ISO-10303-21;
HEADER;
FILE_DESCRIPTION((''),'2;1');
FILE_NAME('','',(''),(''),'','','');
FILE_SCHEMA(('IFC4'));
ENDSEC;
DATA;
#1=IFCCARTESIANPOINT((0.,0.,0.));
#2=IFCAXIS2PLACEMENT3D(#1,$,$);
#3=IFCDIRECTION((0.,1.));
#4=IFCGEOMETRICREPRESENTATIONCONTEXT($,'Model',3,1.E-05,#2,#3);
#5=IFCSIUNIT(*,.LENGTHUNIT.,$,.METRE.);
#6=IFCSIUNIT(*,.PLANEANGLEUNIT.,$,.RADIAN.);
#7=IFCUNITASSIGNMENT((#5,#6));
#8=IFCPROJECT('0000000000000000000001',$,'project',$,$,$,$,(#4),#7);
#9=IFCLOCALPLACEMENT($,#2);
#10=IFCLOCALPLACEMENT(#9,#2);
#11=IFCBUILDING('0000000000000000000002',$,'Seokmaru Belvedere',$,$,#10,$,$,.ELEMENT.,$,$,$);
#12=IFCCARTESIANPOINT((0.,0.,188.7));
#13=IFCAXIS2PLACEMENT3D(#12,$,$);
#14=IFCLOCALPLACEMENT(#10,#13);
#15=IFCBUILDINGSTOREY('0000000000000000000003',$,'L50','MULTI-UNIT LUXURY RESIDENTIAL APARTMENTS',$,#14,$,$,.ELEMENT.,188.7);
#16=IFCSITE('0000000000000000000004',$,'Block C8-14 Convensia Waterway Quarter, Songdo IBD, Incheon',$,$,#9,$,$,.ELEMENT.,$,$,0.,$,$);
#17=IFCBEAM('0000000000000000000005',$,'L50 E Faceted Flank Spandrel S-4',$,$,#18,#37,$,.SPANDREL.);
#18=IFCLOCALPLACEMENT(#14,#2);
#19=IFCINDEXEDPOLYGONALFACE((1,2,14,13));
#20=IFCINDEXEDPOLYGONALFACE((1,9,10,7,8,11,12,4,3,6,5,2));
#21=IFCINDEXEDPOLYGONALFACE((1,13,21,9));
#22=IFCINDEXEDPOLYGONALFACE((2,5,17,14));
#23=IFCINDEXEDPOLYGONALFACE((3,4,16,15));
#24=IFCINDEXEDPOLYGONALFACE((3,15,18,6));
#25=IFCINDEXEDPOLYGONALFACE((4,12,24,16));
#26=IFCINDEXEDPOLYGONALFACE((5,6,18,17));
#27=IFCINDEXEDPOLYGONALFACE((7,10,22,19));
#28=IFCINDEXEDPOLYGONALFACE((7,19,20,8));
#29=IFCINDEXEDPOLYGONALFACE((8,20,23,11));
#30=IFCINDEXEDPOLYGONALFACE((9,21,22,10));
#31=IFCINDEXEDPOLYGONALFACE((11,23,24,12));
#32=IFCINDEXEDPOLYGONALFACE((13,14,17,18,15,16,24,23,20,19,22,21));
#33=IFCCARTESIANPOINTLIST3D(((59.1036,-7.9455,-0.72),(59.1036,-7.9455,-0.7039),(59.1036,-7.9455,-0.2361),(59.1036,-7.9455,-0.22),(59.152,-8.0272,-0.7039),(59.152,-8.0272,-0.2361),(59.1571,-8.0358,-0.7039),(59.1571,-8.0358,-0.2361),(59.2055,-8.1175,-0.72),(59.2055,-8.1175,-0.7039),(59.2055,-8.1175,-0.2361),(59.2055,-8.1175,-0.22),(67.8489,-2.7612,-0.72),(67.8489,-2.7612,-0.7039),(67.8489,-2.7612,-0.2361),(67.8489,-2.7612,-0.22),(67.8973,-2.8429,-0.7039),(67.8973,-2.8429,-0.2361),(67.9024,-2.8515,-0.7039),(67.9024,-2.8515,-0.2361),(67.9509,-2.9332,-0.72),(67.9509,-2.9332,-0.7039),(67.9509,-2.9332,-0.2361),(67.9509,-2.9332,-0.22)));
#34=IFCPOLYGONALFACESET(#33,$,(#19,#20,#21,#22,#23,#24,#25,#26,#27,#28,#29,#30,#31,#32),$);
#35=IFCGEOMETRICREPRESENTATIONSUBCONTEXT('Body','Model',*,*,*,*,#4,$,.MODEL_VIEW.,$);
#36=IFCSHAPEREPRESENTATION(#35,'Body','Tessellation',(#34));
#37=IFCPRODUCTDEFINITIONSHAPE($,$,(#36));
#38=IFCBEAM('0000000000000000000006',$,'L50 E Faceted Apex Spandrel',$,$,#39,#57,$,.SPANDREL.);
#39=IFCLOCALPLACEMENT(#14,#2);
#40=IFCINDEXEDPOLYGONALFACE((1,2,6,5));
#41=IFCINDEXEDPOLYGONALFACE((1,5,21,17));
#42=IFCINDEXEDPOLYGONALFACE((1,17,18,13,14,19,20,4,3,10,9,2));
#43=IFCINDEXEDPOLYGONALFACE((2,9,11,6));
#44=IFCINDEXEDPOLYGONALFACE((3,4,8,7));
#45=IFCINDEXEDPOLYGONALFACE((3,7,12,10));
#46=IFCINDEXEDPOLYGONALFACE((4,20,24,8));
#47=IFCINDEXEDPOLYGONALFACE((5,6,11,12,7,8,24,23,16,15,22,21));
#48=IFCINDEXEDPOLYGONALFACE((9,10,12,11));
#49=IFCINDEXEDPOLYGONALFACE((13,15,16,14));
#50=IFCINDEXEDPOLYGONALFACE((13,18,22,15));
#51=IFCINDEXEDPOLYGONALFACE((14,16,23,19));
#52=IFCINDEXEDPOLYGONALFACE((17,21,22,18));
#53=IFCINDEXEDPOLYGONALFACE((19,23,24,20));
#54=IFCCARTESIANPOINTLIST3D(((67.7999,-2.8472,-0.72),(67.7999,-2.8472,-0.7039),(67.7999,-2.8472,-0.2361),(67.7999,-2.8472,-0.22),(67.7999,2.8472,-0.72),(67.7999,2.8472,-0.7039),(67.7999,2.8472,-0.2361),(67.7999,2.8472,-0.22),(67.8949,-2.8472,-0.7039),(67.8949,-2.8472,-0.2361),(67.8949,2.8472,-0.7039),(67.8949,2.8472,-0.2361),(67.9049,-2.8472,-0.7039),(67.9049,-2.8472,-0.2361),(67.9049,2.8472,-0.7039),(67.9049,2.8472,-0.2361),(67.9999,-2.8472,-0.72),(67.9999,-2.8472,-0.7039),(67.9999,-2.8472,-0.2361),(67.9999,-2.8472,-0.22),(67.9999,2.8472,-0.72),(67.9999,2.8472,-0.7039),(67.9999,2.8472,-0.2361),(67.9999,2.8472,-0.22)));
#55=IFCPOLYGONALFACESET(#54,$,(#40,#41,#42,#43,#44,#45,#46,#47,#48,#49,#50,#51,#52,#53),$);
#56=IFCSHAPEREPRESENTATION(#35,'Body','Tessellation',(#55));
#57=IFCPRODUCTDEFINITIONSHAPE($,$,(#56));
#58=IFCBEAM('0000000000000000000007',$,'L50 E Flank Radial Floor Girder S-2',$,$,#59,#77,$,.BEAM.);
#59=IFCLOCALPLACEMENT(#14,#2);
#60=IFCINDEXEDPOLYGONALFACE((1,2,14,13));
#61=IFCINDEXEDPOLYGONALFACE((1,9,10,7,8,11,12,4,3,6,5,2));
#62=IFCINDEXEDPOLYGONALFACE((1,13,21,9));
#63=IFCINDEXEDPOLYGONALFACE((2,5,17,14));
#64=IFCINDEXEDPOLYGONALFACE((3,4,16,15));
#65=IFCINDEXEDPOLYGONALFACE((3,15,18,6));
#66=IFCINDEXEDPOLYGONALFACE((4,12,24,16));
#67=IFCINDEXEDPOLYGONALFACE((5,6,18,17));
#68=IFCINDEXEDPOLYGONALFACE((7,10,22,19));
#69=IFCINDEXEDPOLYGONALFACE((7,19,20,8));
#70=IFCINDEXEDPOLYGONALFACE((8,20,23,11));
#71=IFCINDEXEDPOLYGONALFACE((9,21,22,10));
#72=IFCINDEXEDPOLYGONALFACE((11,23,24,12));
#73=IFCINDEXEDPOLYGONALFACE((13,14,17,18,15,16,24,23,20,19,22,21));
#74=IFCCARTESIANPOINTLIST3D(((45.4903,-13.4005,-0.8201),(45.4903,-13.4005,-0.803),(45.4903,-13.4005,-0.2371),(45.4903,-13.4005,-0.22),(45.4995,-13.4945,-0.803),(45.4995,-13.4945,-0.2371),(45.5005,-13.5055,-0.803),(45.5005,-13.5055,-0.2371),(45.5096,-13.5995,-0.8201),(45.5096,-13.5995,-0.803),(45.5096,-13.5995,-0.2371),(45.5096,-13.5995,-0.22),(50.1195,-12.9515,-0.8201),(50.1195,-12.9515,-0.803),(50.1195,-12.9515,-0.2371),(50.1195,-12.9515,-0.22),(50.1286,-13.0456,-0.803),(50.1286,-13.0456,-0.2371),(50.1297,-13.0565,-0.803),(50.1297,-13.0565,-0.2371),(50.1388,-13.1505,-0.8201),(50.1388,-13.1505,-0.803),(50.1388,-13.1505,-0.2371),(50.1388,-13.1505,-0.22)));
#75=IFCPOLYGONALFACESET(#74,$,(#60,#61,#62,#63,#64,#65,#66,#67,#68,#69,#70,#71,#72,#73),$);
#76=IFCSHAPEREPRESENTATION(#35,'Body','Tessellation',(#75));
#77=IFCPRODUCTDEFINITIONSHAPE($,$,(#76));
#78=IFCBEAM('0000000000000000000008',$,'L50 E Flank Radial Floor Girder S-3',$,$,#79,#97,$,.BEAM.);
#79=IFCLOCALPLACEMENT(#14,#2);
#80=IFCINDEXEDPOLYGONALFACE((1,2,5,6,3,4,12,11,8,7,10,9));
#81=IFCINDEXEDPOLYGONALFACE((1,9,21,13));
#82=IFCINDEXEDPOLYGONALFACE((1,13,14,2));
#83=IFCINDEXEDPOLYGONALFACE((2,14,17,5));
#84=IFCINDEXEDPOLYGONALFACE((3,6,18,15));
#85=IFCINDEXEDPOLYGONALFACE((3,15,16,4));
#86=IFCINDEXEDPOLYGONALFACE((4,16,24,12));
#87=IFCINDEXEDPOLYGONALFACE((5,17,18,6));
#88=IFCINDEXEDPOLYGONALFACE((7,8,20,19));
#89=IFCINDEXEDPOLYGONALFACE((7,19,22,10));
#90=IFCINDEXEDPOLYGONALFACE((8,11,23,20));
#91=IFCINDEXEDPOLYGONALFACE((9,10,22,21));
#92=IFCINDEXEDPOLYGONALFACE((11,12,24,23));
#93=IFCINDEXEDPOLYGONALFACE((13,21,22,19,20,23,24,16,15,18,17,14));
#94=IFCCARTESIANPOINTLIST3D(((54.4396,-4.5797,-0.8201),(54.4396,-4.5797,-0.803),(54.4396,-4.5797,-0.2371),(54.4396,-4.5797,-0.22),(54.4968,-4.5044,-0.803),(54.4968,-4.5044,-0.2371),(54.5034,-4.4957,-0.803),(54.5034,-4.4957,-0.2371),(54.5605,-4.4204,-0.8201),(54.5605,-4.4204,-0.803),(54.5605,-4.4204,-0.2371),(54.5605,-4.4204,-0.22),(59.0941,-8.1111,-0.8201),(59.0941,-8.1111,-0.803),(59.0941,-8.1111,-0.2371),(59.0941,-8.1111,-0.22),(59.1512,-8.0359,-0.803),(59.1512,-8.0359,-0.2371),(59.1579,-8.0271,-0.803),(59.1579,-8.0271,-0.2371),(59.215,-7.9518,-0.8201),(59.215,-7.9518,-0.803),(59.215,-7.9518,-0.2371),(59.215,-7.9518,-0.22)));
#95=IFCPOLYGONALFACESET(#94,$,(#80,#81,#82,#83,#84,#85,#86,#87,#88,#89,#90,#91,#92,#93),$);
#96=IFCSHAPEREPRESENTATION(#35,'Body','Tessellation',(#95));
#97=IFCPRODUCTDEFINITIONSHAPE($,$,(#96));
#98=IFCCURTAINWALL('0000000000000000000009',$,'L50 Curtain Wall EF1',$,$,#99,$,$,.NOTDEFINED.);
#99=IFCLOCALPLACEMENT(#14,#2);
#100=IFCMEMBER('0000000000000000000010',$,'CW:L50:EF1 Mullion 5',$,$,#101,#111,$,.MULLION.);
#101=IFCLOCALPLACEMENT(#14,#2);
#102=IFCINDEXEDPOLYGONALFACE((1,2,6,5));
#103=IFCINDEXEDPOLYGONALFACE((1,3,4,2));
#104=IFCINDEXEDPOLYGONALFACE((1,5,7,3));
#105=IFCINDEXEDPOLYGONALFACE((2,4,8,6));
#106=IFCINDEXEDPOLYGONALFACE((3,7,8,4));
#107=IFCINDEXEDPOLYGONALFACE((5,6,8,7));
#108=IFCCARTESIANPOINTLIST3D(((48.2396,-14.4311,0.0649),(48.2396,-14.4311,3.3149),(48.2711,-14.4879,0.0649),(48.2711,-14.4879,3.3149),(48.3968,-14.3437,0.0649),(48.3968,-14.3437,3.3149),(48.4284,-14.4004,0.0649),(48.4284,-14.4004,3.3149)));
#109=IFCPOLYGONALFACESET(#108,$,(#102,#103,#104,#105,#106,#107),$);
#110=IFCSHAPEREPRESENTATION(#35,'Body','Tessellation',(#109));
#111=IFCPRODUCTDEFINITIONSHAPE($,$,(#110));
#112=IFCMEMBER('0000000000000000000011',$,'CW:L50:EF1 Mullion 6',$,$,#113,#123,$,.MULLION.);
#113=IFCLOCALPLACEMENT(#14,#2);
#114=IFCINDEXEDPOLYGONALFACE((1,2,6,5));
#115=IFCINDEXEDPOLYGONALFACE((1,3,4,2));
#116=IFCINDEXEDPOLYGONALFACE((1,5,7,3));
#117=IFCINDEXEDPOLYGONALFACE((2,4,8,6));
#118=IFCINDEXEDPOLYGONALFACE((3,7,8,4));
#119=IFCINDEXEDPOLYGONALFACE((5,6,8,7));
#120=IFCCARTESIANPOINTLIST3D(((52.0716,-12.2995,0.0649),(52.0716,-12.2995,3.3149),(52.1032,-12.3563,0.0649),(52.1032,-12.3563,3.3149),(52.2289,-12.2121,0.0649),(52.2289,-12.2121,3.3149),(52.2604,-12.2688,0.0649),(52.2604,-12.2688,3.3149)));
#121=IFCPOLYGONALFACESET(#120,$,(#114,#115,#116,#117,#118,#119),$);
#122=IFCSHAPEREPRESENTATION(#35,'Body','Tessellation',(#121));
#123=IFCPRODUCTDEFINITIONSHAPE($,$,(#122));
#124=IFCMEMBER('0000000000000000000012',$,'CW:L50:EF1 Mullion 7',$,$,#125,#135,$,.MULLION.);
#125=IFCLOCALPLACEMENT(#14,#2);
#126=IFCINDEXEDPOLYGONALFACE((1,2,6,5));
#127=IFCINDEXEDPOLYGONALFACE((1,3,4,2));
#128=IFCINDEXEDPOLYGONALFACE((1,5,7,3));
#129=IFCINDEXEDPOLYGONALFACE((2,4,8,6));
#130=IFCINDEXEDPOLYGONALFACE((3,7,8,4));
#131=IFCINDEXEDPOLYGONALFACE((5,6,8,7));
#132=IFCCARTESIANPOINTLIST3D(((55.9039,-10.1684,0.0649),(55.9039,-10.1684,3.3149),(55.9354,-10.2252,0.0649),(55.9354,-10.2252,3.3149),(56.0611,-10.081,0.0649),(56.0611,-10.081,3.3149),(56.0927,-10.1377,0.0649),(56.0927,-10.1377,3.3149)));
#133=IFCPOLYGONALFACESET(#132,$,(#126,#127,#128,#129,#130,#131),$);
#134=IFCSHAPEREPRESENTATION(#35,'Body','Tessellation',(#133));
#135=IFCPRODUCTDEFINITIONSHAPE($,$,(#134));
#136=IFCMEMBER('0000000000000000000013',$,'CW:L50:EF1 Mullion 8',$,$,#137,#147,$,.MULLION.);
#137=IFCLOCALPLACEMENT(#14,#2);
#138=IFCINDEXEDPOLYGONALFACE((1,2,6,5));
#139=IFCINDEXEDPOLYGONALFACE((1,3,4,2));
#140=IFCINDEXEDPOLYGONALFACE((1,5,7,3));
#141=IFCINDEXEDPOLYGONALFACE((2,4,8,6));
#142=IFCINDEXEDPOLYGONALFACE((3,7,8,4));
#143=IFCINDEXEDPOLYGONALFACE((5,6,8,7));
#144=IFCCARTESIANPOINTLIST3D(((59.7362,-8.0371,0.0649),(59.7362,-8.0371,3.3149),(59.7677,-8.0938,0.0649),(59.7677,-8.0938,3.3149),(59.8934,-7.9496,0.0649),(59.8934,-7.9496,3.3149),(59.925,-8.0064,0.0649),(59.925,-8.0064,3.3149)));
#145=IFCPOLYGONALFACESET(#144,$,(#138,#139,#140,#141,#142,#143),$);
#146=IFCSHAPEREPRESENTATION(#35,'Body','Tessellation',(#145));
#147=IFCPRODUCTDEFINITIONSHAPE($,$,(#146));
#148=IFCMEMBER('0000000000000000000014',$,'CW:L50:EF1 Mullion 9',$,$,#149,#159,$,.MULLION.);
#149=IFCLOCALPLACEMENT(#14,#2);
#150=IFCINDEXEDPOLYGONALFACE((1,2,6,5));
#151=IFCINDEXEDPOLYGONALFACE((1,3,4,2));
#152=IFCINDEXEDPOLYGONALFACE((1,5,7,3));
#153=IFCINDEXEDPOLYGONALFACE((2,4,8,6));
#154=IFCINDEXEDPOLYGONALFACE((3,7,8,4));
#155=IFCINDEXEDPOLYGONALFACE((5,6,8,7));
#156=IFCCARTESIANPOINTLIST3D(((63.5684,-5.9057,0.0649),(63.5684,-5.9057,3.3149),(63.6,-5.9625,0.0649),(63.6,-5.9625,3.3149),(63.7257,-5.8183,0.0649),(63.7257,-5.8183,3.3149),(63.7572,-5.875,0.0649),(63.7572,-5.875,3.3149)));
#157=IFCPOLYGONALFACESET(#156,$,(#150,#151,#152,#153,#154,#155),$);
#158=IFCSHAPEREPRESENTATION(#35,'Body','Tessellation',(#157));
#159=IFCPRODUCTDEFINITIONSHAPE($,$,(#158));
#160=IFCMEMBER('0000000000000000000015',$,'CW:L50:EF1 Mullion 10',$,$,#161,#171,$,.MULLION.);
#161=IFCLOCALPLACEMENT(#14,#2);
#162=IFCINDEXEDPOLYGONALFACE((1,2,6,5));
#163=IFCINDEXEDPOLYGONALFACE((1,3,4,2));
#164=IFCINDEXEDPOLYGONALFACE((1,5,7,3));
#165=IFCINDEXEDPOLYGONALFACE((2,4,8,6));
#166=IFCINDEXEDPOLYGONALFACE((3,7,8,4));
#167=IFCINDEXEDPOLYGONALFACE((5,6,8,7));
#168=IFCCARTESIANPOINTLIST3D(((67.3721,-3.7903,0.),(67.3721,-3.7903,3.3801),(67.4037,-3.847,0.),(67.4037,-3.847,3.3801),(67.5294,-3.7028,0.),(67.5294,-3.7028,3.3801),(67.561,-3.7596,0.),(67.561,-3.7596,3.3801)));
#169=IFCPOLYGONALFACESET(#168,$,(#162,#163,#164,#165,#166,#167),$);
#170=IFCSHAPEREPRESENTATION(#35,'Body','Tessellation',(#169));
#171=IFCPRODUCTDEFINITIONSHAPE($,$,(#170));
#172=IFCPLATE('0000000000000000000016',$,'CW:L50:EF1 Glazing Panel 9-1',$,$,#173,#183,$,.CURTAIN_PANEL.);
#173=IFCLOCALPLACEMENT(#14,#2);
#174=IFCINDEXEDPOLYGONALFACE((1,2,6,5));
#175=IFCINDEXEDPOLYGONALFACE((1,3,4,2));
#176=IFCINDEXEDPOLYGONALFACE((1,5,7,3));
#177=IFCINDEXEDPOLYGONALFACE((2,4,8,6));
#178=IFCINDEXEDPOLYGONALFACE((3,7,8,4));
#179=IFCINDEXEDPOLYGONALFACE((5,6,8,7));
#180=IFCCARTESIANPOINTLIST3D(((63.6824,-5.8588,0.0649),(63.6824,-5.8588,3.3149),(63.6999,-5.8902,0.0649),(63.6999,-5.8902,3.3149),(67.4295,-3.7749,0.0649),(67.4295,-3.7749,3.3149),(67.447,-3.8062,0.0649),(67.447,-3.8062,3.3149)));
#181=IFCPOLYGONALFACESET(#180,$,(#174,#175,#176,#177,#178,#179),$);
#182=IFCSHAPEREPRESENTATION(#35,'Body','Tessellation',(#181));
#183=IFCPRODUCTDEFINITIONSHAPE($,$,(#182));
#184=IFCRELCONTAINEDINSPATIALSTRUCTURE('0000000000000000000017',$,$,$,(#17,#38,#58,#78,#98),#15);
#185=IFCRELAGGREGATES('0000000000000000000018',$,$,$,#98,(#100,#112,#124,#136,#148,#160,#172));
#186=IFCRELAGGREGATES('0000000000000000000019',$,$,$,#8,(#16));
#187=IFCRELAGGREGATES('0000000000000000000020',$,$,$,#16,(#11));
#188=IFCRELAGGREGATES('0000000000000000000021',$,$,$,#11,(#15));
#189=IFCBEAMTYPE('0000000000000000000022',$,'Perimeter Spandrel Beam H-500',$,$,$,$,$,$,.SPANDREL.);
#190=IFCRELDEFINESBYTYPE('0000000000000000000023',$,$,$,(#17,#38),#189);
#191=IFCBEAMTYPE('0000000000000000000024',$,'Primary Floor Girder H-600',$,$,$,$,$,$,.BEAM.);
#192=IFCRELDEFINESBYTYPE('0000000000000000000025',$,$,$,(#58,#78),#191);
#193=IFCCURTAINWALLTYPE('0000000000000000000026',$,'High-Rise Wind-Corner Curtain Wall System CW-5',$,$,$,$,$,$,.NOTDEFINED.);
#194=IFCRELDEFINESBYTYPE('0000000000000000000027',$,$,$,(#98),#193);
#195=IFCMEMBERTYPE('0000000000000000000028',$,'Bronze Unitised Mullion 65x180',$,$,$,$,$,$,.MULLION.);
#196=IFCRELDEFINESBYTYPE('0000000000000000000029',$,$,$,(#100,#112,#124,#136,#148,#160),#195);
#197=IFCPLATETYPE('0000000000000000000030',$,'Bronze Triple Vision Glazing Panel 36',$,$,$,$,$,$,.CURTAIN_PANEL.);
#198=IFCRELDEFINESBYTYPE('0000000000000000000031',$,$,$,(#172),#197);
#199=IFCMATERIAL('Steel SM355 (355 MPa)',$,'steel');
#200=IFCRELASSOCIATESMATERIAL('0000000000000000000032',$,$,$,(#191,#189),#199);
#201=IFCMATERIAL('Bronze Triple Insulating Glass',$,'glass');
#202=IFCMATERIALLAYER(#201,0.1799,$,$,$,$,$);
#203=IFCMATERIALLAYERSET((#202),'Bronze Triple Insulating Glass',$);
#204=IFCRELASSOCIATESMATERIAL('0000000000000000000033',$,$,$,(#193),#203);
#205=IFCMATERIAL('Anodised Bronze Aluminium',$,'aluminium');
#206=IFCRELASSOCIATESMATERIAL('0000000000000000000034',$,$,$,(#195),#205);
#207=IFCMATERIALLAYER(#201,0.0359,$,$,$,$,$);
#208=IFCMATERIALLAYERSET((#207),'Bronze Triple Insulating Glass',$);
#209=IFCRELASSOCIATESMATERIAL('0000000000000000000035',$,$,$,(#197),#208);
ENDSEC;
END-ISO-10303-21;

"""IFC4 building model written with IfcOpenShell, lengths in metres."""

from ifc_helpers import new_model, si_unit, direction, frame, origin, origin_2d, place, context, subcontext, project, spatial, rectangle, i_section, extrude, source, transform, mapped, material, layer, layer_set, material_profile, profile_set, type_object, type_shapes, element, aggregate, save


model = new_model("IFC4")

# Units and contexts
model_context = context("Model", 3, precision=1e-05, world=origin(), true_north=direction((0.0, 1.0)))
body_context = subcontext(model_context, "Body", "Model", "MODEL_VIEW")
ifc_project = project(units=[si_unit("LENGTHUNIT", "METRE"), si_unit("PLANEANGLEUNIT", "RADIAN")], contexts=[model_context])

# Site, building, storey
site_placement = place(None, origin())
site = spatial("IfcSite", under=ifc_project, at=site_placement, Name="Block C8-14 Convensia Waterway Quarter, Songdo IBD, Incheon", CompositionType="ELEMENT", RefElevation=0.0)
building_placement = place(site_placement, origin())
building = spatial("IfcBuilding", under=site, at=building_placement, Name="Seokmaru Belvedere", CompositionType="ELEMENT")
storey_placement = place(building_placement, frame((0.0, 0.0, 188.7)))
storey = spatial("IfcBuildingStorey", under=building, at=storey_placement, Name="L50", Description="MULTI-UNIT LUXURY RESIDENTIAL APARTMENTS", CompositionType="ELEMENT", Elevation=188.7)

# Shared definitions
ifc_material_1 = material(Name="Steel SM355 (355 MPa)", Category="steel")

# Beams
ifc_material_profile_1 = material_profile(ifc_material_1, i_section(OverallWidth=0.2, OverallDepth=0.6001, WebThickness=0.011, FlangeThickness=0.0171, at=origin_2d()), Name="H-600x200x11x17")
ifc_profile_set_1 = profile_set([ifc_material_profile_1], Name="Steel SM355 (355 MPa)")
beam_type_1 = type_object("IfcBeamType", Name="Primary Floor Girder H-600", PredefinedType="BEAM", material=ifc_profile_set_1)
ifc_material_profile_2 = material_profile(ifc_material_1, i_section(OverallWidth=0.2, OverallDepth=0.5, WebThickness=0.01, FlangeThickness=0.0161, at=origin_2d()), Name="H-500x200x10x16")
ifc_profile_set_2 = profile_set([ifc_material_profile_2], Name="Steel SM355 (355 MPa)")
beam_type_2 = type_object("IfcBeamType", Name="Perimeter Spandrel Beam H-500", PredefinedType="SPANDREL", material=ifc_profile_set_2)
shared_shape_1 = source(origin(), body_context, "Body", "SweptSolid", [
    extrude(i_section(OverallWidth=0.2, OverallDepth=0.5, WebThickness=0.01, FlangeThickness=0.0161, at=origin_2d()), origin(), (0.0, 0.0, 1.0), 10.1665),
])
beam_1_placement = place(storey_placement, frame((59.1545, -8.0315, -0.47), z_axis=(0.86021, 0.50994, 0.0), x_axis=(-0.50994, 0.86021, 0.0)))
element("IfcBeam", 1, at=beam_1_placement, inside=storey, type_object=beam_type_2, Name="L50 E Faceted Flank Spandrel S-4", PredefinedType="SPANDREL", context=body_context, shape_type="MappedRepresentation", body=[
    mapped(shared_shape_1, transform((0.0, 0.0, 0.0), scale=1.0)),
])
shared_shape_2 = source(origin(), body_context, "Body", "SweptSolid", [
    extrude(i_section(OverallWidth=0.2, OverallDepth=0.5, WebThickness=0.01, FlangeThickness=0.0161, at=origin_2d()), origin(), (0.0, 0.0, 1.0), 5.6943),
])
beam_2_placement = place(storey_placement, frame((67.8999, -2.8472, -0.47), z_axis=(0.0, 1.0, 0.0), x_axis=(-1.0, 0.0, 0.0)))
element("IfcBeam", 2, at=beam_2_placement, inside=storey, type_object=beam_type_2, Name="L50 E Faceted Apex Spandrel", PredefinedType="SPANDREL", context=body_context, shape_type="MappedRepresentation", body=[
    mapped(shared_shape_2, transform((0.0, 0.0, 0.0), scale=1.0)),
])
shared_shape_3 = source(origin(), body_context, "Body", "SweptSolid", [
    extrude(i_section(OverallWidth=0.2, OverallDepth=0.6001, WebThickness=0.011, FlangeThickness=0.0171, at=origin_2d()), origin(), (0.0, 0.0, 1.0), 4.6509),
])
beam_3_placement = place(storey_placement, frame((50.1292, -13.051, -0.52), z_axis=(-0.99533, -0.096536, 0.0), x_axis=(0.096536, -0.99533, 0.0)))
element("IfcBeam", 3, at=beam_3_placement, inside=storey, type_object=beam_type_1, Name="L50 E Flank Radial Floor Girder S-2", PredefinedType="BEAM", context=body_context, shape_type="MappedRepresentation", body=[
    mapped(shared_shape_3, transform((0.0, 0.0, 0.0), scale=1.0)),
])
shared_shape_4 = source(origin(), body_context, "Body", "SweptSolid", [
    extrude(i_section(OverallWidth=0.2, OverallDepth=0.6001, WebThickness=0.011, FlangeThickness=0.0171, at=origin_2d()), origin(), (0.0, 0.0, 1.0), 5.8425),
])
beam_4_placement = place(storey_placement, frame((59.1545, -8.0315, -0.52), z_axis=(-0.796653, 0.604437, 0.0), x_axis=(-0.604437, -0.796653, 0.0)))
element("IfcBeam", 4, at=beam_4_placement, inside=storey, type_object=beam_type_1, Name="L50 E Flank Radial Floor Girder S-3", PredefinedType="BEAM", context=body_context, shape_type="MappedRepresentation", body=[
    mapped(shared_shape_4, transform((0.0, 0.0, 0.0), scale=1.0)),
])

# Curtain wall, members, plate
ifc_material_2 = material(Name="Bronze Triple Insulating Glass", Category="glass")
ifc_layer_1 = layer(ifc_material_2, 0.1799)
ifc_layer_set_1 = layer_set([ifc_layer_1], Name="Bronze Triple Insulating Glass")
curtain_wall_type = type_object("IfcCurtainWallType", Name="High-Rise Wind-Corner Curtain Wall System CW-5", PredefinedType="NOTDEFINED", material=ifc_layer_set_1)
curtain_wall_placement = place(storey_placement, origin())
curtain_wall = element("IfcCurtainWall", 5, at=curtain_wall_placement, inside=storey, type_object=curtain_wall_type, Name="L50 Curtain Wall EF1", PredefinedType="NOTDEFINED")
ifc_material_3 = material(Name="Anodised Bronze Aluminium", Category="aluminium")
ifc_material_profile_3 = material_profile(ifc_material_3, rectangle(XDim=0.0649, YDim=0.1799, at=origin_2d()), Name="CW-M-65x180")
ifc_profile_set_3 = profile_set([ifc_material_profile_3], Name="Anodised Bronze Aluminium")
member_type = type_object("IfcMemberType", Name="Bronze Unitised Mullion 65x180", PredefinedType="MULLION", material=ifc_profile_set_3)
shared_shape_5 = source(origin(), body_context, "Body", "SweptSolid", [
    extrude(rectangle(XDim=0.0649, YDim=0.1799, at=origin_2d()), origin(), (0.0, 0.0, 1.0), 3.25),
])
member_1_placement = place(storey_placement, frame((48.334, -14.4158, 0.0649), z_axis=(0.0, 0.0, 1.0), x_axis=(-0.486047, 0.873933, 0.0)))
member_1 = element("IfcMember", 6, at=member_1_placement, type_object=member_type, Name="CW:L50:EF1 Mullion 5", PredefinedType="MULLION", context=body_context, shape_type="MappedRepresentation", body=[
    mapped(shared_shape_5, transform((0.0, 0.0, 0.0), scale=1.0)),
])
member_2_placement = place(storey_placement, frame((52.166, -12.2842, 0.0649), z_axis=(0.0, 0.0, 1.0), x_axis=(-0.486047, 0.873933, 0.0)))
member_2 = element("IfcMember", 7, at=member_2_placement, type_object=member_type, Name="CW:L50:EF1 Mullion 6", PredefinedType="MULLION", context=body_context, shape_type="MappedRepresentation", body=[
    mapped(shared_shape_5, transform((0.0, 0.0, 0.0), scale=1.0)),
])
member_3_placement = place(storey_placement, frame((55.9983, -10.1531, 0.0649), z_axis=(0.0, 0.0, 1.0), x_axis=(-0.486047, 0.873933, 0.0)))
member_3 = element("IfcMember", 8, at=member_3_placement, type_object=member_type, Name="CW:L50:EF1 Mullion 7", PredefinedType="MULLION", context=body_context, shape_type="MappedRepresentation", body=[
    mapped(shared_shape_5, transform((0.0, 0.0, 0.0), scale=1.0)),
])
member_4_placement = place(storey_placement, frame((59.8306, -8.0217, 0.0649), z_axis=(0.0, 0.0, 1.0), x_axis=(-0.486047, 0.873933, 0.0)))
member_4 = element("IfcMember", 9, at=member_4_placement, type_object=member_type, Name="CW:L50:EF1 Mullion 8", PredefinedType="MULLION", context=body_context, shape_type="MappedRepresentation", body=[
    mapped(shared_shape_5, transform((0.0, 0.0, 0.0), scale=1.0)),
])
member_5_placement = place(storey_placement, frame((63.6628, -5.8904, 0.0649), z_axis=(0.0, 0.0, 1.0), x_axis=(-0.486047, 0.873933, 0.0)))
member_5 = element("IfcMember", 10, at=member_5_placement, type_object=member_type, Name="CW:L50:EF1 Mullion 9", PredefinedType="MULLION", context=body_context, shape_type="MappedRepresentation", body=[
    mapped(shared_shape_5, transform((0.0, 0.0, 0.0), scale=1.0)),
])
shared_shape_6 = source(origin(), body_context, "Body", "SweptSolid", [
    extrude(rectangle(XDim=0.0649, YDim=0.1799, at=origin_2d()), origin(), (0.0, 0.0, 1.0), 3.3801),
])
type_shapes(member_type, [shared_shape_5, shared_shape_6])
member_6_placement = place(storey_placement, frame((67.4666, -3.7749, 0.0), z_axis=(0.0, 0.0, 1.0), x_axis=(-0.486047, 0.873933, 0.0)))
member_6 = element("IfcMember", 11, at=member_6_placement, type_object=member_type, Name="CW:L50:EF1 Mullion 10", PredefinedType="MULLION", context=body_context, shape_type="MappedRepresentation", body=[
    mapped(shared_shape_6, transform((0.0, 0.0, 0.0), scale=1.0)),
])
ifc_layer_2 = layer(ifc_material_2, 0.0359)
ifc_layer_set_2 = layer_set([ifc_layer_2], Name="Bronze Triple Insulating Glass")
plate_type = type_object("IfcPlateType", Name="Bronze Triple Vision Glazing Panel 36", PredefinedType="CURTAIN_PANEL", material=ifc_layer_set_2)
shared_shape_7 = source(origin(), body_context, "Body", "SweptSolid", [
    extrude(rectangle(XDim=4.2876, YDim=0.0359, at=origin_2d()), origin(), (0.0, 0.0, 1.0), 3.25),
])
plate_1_placement = place(storey_placement, frame((65.5647, -4.8325, 0.0649), z_axis=(0.0, 0.0, 1.0), x_axis=(0.873933, 0.486047, 0.0)))
plate_1 = element("IfcPlate", 12, at=plate_1_placement, type_object=plate_type, Name="CW:L50:EF1 Glazing Panel 9-1", PredefinedType="CURTAIN_PANEL", context=body_context, shape_type="MappedRepresentation", body=[
    mapped(shared_shape_7, transform((0.0, 0.0, 0.0), scale=1.0)),
])
aggregate(curtain_wall, [member_1, member_2, member_3, member_4, member_5, member_6, plate_1])

save(model, "model.ifc")
